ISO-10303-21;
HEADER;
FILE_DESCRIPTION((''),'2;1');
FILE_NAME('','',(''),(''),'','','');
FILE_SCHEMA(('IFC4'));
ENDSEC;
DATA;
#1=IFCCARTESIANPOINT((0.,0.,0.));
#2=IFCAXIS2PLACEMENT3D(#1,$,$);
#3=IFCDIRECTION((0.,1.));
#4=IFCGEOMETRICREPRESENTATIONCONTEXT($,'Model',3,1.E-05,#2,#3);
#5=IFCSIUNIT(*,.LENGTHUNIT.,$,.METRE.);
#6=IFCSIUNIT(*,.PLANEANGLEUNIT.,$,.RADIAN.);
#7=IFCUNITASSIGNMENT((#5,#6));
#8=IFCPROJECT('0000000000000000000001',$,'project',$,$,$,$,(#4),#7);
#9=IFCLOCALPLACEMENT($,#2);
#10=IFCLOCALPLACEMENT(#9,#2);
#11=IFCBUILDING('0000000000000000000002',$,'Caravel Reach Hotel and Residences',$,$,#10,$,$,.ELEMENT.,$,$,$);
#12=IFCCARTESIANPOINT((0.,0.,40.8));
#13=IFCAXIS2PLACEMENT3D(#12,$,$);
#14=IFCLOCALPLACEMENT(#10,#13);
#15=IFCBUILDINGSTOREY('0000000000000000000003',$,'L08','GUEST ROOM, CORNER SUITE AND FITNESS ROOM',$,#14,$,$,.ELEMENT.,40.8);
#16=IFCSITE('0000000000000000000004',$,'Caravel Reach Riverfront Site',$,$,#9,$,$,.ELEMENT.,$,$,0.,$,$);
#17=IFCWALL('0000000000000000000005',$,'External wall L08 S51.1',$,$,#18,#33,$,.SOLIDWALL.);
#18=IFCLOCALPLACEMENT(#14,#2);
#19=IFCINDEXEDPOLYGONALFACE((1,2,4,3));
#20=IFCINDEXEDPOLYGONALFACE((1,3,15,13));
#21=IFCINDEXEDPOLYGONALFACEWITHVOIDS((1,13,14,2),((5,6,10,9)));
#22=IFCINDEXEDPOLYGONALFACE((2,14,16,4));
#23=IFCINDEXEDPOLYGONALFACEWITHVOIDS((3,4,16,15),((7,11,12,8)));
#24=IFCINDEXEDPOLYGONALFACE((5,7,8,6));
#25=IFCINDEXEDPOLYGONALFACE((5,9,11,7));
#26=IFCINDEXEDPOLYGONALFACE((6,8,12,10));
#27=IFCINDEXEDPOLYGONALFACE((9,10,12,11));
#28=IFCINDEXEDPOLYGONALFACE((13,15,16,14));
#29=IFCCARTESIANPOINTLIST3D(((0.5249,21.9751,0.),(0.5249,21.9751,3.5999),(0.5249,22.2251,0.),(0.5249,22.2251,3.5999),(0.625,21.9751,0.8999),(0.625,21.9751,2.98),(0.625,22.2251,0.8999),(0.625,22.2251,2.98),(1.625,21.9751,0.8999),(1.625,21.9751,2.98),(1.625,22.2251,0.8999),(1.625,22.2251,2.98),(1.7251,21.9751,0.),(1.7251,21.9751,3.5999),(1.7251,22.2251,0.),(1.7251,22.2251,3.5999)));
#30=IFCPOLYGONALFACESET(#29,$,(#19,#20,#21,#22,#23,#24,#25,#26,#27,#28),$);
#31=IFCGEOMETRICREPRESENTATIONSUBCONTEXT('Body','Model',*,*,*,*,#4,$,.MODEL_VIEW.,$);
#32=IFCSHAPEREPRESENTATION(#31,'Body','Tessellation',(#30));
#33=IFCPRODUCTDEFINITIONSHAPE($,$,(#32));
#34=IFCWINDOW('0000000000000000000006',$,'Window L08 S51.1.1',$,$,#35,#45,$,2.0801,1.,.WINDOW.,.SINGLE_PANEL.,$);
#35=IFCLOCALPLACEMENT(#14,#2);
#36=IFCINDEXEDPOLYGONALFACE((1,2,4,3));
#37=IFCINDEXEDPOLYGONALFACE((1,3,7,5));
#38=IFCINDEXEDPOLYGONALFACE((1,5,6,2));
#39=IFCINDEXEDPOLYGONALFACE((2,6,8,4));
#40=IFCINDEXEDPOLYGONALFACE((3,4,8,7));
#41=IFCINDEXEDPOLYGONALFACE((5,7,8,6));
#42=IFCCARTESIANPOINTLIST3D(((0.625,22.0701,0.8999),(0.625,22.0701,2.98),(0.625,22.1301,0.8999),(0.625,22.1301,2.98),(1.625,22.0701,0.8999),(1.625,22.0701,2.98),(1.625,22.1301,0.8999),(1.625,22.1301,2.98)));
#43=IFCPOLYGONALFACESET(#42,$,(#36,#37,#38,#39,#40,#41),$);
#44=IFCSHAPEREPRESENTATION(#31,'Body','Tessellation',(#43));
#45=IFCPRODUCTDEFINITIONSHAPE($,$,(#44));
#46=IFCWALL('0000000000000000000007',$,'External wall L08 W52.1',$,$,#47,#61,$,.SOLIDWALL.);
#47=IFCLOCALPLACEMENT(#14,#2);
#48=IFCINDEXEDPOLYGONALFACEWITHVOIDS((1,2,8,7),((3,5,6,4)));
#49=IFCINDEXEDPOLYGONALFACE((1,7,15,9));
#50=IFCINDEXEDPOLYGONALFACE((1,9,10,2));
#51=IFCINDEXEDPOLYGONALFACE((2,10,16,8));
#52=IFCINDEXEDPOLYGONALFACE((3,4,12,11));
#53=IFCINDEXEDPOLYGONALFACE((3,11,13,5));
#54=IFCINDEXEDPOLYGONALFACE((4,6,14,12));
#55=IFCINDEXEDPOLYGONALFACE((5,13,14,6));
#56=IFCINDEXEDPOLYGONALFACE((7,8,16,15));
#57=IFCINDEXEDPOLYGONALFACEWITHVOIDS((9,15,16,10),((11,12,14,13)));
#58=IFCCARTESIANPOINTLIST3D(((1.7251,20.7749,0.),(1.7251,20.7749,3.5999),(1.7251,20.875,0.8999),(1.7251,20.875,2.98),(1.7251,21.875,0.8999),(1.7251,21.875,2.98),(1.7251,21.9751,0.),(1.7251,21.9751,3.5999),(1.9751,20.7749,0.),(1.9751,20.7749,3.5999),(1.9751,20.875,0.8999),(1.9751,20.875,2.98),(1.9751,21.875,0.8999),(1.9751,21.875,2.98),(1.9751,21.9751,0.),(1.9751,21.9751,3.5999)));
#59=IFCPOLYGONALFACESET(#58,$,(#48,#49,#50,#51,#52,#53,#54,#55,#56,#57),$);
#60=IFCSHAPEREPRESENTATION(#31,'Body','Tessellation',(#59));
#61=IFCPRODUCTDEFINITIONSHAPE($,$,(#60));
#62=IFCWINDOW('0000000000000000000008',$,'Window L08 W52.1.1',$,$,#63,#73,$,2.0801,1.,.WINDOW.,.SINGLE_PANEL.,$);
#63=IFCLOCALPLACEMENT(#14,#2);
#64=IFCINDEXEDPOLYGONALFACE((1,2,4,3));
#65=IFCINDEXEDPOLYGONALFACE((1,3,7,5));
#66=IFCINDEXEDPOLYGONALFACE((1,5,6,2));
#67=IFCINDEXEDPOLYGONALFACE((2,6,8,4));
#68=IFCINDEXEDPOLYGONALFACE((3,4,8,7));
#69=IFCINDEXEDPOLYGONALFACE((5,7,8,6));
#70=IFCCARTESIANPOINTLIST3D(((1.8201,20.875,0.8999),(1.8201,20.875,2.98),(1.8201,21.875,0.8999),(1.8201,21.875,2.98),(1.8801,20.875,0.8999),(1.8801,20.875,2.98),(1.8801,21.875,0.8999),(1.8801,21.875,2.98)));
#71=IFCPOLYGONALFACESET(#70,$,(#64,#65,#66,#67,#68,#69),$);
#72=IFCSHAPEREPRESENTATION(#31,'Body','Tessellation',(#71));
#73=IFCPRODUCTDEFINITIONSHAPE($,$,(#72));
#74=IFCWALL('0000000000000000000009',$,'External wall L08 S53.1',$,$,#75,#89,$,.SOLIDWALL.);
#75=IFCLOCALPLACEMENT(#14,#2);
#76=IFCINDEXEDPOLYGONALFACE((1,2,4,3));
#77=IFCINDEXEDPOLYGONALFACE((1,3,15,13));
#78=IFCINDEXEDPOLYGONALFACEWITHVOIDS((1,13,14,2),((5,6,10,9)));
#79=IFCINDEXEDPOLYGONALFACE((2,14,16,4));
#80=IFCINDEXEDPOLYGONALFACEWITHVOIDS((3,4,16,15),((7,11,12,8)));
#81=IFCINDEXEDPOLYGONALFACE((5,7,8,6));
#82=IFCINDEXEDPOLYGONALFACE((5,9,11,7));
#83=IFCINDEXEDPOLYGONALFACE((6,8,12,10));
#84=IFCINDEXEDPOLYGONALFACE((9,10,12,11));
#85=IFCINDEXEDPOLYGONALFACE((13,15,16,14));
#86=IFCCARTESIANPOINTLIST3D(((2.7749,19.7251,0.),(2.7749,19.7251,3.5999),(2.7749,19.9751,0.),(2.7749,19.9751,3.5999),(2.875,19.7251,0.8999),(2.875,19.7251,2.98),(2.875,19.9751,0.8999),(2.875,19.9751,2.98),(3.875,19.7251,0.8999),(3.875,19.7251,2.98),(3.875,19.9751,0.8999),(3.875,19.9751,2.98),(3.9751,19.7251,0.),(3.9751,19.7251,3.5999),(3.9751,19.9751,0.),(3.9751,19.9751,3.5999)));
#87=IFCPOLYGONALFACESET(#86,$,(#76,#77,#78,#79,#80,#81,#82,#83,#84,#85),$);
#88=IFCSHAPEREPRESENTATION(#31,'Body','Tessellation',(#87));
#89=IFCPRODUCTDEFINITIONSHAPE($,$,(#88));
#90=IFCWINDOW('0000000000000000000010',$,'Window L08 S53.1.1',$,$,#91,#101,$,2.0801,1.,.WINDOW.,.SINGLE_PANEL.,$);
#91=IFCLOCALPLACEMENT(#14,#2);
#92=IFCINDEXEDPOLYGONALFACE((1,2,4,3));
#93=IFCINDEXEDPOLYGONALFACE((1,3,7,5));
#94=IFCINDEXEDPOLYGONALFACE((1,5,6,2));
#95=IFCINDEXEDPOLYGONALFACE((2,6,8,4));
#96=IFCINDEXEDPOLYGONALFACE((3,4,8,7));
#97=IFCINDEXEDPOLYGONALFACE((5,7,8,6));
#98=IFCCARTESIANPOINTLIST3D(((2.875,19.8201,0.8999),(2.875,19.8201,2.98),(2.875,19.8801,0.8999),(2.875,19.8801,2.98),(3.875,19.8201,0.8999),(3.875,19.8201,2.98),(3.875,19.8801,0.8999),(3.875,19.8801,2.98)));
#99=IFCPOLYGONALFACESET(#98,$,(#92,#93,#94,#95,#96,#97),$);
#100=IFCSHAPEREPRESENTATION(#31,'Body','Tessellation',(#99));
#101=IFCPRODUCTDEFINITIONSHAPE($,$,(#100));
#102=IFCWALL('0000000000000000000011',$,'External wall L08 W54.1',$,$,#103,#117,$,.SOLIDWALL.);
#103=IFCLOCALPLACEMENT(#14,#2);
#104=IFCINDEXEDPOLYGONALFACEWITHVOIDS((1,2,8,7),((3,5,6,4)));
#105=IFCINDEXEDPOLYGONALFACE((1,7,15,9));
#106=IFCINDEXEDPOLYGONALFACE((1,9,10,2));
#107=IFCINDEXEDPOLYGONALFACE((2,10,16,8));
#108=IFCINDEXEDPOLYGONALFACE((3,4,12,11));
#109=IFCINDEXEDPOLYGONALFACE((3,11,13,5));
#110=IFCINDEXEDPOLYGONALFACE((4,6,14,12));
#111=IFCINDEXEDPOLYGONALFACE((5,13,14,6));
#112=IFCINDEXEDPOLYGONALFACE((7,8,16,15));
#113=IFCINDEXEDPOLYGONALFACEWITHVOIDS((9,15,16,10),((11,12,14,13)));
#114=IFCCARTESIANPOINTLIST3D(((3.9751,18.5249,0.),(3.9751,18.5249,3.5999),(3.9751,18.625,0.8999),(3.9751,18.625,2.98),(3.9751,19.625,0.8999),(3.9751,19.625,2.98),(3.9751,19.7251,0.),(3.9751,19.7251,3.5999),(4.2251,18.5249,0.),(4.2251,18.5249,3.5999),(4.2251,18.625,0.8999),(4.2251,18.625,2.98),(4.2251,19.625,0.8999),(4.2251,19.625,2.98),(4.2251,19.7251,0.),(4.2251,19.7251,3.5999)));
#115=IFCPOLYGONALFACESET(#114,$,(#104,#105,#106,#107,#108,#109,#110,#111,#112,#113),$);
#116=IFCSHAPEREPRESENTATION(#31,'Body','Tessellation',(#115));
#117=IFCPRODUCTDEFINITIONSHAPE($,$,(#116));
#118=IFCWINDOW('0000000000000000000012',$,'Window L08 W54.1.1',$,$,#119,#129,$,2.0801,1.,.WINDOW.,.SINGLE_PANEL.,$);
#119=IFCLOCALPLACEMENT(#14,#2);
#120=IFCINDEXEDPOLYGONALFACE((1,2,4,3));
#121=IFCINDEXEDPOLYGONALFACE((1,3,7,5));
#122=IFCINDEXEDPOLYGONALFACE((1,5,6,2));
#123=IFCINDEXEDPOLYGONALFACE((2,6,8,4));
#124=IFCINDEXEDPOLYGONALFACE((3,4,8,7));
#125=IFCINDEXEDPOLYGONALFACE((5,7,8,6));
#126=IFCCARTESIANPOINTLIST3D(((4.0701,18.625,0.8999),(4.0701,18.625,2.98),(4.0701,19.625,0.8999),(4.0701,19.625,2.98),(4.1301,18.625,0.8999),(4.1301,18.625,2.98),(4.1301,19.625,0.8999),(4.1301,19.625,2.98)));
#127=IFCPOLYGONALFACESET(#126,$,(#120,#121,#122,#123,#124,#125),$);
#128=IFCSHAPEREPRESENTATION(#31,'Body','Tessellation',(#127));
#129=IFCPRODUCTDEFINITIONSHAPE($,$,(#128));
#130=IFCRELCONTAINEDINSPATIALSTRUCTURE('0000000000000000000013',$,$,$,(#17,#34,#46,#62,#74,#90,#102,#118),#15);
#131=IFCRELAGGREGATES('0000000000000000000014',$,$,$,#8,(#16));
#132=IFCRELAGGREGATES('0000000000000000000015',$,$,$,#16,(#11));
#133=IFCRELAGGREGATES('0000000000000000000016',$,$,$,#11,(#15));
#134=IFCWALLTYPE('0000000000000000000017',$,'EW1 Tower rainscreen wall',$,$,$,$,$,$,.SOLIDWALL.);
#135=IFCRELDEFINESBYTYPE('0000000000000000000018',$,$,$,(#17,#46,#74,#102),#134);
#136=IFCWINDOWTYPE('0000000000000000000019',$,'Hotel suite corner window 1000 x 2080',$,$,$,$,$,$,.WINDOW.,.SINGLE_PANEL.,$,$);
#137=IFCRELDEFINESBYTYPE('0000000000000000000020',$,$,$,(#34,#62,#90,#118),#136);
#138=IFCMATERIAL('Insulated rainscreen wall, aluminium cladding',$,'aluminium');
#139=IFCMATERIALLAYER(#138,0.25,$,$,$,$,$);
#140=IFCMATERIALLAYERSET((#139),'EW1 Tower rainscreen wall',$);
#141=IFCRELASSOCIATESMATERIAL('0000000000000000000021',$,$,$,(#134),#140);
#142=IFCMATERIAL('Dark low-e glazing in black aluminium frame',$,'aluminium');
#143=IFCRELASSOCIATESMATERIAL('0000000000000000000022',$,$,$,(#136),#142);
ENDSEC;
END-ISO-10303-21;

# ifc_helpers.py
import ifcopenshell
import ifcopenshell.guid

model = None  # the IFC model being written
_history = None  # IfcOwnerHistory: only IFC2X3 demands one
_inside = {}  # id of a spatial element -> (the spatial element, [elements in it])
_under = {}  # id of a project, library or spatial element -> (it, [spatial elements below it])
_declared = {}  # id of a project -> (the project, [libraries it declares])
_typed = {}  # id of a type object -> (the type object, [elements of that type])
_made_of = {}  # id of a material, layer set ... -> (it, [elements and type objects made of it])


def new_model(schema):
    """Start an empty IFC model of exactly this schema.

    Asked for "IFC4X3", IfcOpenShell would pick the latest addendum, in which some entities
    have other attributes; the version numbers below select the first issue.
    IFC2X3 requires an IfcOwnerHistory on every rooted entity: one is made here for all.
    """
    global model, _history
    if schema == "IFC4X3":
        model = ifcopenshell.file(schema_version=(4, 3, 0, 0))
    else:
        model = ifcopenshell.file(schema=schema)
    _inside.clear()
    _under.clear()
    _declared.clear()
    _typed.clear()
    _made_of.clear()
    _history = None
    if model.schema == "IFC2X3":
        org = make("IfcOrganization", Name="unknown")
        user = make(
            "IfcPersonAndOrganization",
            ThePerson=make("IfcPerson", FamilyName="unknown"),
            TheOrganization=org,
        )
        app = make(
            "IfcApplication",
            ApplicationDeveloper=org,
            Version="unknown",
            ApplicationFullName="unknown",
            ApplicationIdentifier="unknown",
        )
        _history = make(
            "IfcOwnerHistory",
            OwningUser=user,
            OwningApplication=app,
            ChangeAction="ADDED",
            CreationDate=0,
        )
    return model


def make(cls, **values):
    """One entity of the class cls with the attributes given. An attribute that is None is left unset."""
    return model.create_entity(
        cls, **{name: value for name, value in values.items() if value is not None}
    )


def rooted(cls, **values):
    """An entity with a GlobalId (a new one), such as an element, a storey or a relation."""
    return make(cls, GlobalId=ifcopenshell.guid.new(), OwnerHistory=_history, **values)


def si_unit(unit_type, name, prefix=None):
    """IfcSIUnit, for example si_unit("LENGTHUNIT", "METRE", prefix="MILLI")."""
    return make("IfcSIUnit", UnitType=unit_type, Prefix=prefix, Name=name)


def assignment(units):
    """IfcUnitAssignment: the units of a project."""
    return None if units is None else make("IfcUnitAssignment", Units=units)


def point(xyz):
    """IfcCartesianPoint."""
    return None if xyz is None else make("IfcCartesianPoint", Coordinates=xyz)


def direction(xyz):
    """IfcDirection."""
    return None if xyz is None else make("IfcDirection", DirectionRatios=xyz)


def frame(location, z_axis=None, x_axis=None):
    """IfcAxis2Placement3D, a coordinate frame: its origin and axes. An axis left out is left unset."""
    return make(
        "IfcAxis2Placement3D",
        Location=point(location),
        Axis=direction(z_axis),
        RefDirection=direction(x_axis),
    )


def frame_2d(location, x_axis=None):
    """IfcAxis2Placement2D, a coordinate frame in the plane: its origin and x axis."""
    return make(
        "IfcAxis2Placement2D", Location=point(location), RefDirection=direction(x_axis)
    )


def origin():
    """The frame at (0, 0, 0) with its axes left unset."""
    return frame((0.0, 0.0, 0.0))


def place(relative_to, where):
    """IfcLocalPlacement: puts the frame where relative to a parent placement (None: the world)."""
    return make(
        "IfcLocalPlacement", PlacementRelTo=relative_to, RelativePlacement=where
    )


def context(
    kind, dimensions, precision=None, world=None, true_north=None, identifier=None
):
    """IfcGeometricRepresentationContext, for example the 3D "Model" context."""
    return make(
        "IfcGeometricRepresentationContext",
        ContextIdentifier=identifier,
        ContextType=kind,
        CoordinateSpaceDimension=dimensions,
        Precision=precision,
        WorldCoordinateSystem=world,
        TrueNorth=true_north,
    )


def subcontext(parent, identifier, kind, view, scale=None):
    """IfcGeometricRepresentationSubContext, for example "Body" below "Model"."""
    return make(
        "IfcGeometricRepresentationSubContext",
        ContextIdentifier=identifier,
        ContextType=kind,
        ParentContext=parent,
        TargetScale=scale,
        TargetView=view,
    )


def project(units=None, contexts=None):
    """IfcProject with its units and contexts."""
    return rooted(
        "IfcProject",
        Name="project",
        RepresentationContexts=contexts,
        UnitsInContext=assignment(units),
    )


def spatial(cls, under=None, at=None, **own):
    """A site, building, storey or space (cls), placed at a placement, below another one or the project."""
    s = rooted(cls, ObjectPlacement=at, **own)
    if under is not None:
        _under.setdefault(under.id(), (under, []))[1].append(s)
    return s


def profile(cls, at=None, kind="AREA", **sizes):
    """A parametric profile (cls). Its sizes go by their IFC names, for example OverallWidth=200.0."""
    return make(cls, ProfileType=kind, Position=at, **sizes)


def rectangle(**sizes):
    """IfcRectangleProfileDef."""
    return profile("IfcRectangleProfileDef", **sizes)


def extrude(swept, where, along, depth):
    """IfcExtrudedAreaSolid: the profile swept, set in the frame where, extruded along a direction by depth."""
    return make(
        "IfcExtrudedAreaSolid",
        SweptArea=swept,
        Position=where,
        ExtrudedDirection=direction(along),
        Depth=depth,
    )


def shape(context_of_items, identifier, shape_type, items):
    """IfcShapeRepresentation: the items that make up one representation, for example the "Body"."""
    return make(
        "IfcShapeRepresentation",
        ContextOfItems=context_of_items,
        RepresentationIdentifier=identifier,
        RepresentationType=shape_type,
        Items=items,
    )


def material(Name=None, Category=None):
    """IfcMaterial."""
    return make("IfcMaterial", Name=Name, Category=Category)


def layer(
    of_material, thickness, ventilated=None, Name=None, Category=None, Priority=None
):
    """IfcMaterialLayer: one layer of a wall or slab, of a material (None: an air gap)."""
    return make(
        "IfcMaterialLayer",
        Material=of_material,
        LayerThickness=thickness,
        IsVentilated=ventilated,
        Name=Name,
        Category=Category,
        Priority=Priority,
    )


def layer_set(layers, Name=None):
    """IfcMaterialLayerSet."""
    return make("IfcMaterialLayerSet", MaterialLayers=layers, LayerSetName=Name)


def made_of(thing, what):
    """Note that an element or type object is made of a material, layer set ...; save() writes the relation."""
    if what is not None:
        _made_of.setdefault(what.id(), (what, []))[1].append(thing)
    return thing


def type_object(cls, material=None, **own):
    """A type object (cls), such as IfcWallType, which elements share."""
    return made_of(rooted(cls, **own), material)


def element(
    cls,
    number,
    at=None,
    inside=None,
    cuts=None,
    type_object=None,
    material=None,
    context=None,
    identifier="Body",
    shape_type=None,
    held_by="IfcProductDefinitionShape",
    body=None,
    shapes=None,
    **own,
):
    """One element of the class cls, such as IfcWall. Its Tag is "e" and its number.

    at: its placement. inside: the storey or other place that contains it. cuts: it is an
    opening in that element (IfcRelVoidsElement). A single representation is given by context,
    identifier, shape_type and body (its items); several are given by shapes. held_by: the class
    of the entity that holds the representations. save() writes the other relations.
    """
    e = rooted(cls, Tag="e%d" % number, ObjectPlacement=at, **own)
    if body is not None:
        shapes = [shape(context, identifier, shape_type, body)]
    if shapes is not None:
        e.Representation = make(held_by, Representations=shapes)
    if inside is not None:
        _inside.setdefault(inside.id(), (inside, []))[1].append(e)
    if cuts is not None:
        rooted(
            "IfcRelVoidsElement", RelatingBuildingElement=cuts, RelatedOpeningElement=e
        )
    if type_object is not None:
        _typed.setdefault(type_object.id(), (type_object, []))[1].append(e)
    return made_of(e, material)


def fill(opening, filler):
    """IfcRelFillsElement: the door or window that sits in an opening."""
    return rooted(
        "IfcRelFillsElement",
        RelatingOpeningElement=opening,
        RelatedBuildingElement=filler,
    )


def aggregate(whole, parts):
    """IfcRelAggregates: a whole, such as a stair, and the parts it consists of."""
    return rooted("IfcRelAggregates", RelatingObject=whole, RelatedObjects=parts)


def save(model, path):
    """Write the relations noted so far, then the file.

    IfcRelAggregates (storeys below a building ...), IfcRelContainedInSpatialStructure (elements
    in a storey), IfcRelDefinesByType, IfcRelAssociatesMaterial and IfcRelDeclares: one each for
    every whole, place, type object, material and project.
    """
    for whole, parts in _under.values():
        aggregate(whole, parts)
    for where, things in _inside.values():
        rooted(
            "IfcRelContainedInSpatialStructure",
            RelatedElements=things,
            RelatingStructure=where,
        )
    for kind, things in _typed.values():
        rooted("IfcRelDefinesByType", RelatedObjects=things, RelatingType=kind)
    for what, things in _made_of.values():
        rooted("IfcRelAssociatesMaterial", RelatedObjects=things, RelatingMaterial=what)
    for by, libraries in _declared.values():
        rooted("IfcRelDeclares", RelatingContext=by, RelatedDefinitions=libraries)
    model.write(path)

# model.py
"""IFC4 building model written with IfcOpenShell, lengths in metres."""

from ifc_helpers import new_model, si_unit, direction, frame, frame_2d, origin, place, context, subcontext, project, spatial, rectangle, extrude, material, layer, layer_set, type_object, element, fill, save


model = new_model("IFC4")

# Units and contexts
model_context = context("Model", 3, precision=1e-05, world=origin(), true_north=direction((0.0, 1.0)))
body_context = subcontext(model_context, "Body", "Model", "MODEL_VIEW")
ifc_project = project(units=[si_unit("LENGTHUNIT", "METRE"), si_unit("PLANEANGLEUNIT", "RADIAN")], contexts=[model_context])

# Site, building, storey
site_placement = place(None, origin())
site = spatial("IfcSite", under=ifc_project, at=site_placement, Name="Caravel Reach Riverfront Site", CompositionType="ELEMENT", RefElevation=0.0)
building_placement = place(site_placement, origin())
building = spatial("IfcBuilding", under=site, at=building_placement, Name="Caravel Reach Hotel and Residences", CompositionType="ELEMENT")
storey_placement = place(building_placement, frame((0.0, 0.0, 40.8)))
storey = spatial("IfcBuildingStorey", under=building, at=storey_placement, Name="L08", Description="GUEST ROOM, CORNER SUITE AND FITNESS ROOM", CompositionType="ELEMENT", Elevation=40.8)

# Walls, openings, windows
ifc_material_1 = material(Name="Insulated rainscreen wall, aluminium cladding", Category="aluminium")
ifc_layer = layer(ifc_material_1, 0.25)
ifc_layer_set = layer_set([ifc_layer], Name="EW1 Tower rainscreen wall")
wall_type = type_object("IfcWallType", Name="EW1 Tower rainscreen wall", PredefinedType="SOLIDWALL", material=ifc_layer_set)
wall_1_placement = place(storey_placement, frame((0.5249, 22.1001, 0.0), z_axis=(0.0, 0.0, 1.0), x_axis=(1.0, 0.0, 0.0)))
wall_1 = element("IfcWall", 1, at=wall_1_placement, inside=storey, type_object=wall_type, Name="External wall L08 S51.1", PredefinedType="SOLIDWALL", context=body_context, shape_type="SweptSolid", body=[
    extrude(rectangle(XDim=1.2002, YDim=0.25, at=frame_2d((0.6001, 0.0))), origin(), (0.0, 0.0, 1.0), 3.5999),
])
opening_1_placement = place(wall_1_placement, frame((0.1001, 0.0, 0.8999)))
opening_1 = element("IfcOpeningElement", 2, at=opening_1_placement, cuts=wall_1, PredefinedType="OPENING", context=body_context, shape_type="SweptSolid", body=[
    extrude(rectangle(XDim=1.0, YDim=2.0801, at=frame_2d((0.5, 1.04))), frame((0.0, 0.135, 0.0), z_axis=(0.0, -1.0, 0.0), x_axis=(1.0, 0.0, 0.0)), (0.0, 0.0, 1.0), 0.27),
])
ifc_material_2 = material(Name="Dark low-e glazing in black aluminium frame", Category="aluminium")
window_type = type_object("IfcWindowType", Name="Hotel suite corner window 1000 x 2080", PartitioningType="SINGLE_PANEL", PredefinedType="WINDOW", material=ifc_material_2)
window_1_placement = place(opening_1_placement, origin())
window_1 = element("IfcWindow", 3, at=window_1_placement, inside=storey, type_object=window_type, Name="Window L08 S51.1.1", OverallHeight=2.0801, OverallWidth=1.0, PartitioningType="SINGLE_PANEL", PredefinedType="WINDOW", context=body_context, shape_type="SweptSolid", body=[
    extrude(rectangle(XDim=1.0, YDim=2.0801, at=frame_2d((0.5, 1.04))), frame((0.0, 0.03, 0.0), z_axis=(0.0, -1.0, 0.0), x_axis=(1.0, 0.0, 0.0)), (0.0, 0.0, 1.0), 0.0601),
])
fill(opening_1, window_1)
wall_2_placement = place(storey_placement, frame((1.8501, 21.9751, 0.0), z_axis=(0.0, 0.0, 1.0), x_axis=(0.0, -1.0, 0.0)))
wall_2 = element("IfcWall", 4, at=wall_2_placement, inside=storey, type_object=wall_type, Name="External wall L08 W52.1", PredefinedType="SOLIDWALL", context=body_context, shape_type="SweptSolid", body=[
    extrude(rectangle(XDim=1.2002, YDim=0.25, at=frame_2d((0.6001, 0.0))), origin(), (0.0, 0.0, 1.0), 3.5999),
])
opening_2_placement = place(wall_2_placement, frame((0.1001, 0.0, 0.8999)))
opening_2 = element("IfcOpeningElement", 5, at=opening_2_placement, cuts=wall_2, PredefinedType="OPENING", context=body_context, shape_type="SweptSolid", body=[
    extrude(rectangle(XDim=1.0, YDim=2.0801, at=frame_2d((0.5, 1.04))), frame((0.0, 0.135, 0.0), z_axis=(0.0, -1.0, 0.0), x_axis=(1.0, 0.0, 0.0)), (0.0, 0.0, 1.0), 0.27),
])
window_2_placement = place(opening_2_placement, origin())
window_2 = element("IfcWindow", 6, at=window_2_placement, inside=storey, type_object=window_type, Name="Window L08 W52.1.1", OverallHeight=2.0801, OverallWidth=1.0, PartitioningType="SINGLE_PANEL", PredefinedType="WINDOW", context=body_context, shape_type="SweptSolid", body=[
    extrude(rectangle(XDim=1.0, YDim=2.0801, at=frame_2d((0.5, 1.04))), frame((0.0, 0.03, 0.0), z_axis=(0.0, -1.0, 0.0), x_axis=(1.0, 0.0, 0.0)), (0.0, 0.0, 1.0), 0.0601),
])
fill(opening_2, window_2)
wall_3_placement = place(storey_placement, frame((2.7749, 19.8501, 0.0), z_axis=(0.0, 0.0, 1.0), x_axis=(1.0, 0.0, 0.0)))
wall_3 = element("IfcWall", 7, at=wall_3_placement, inside=storey, type_object=wall_type, Name="External wall L08 S53.1", PredefinedType="SOLIDWALL", context=body_context, shape_type="SweptSolid", body=[
    extrude(rectangle(XDim=1.2002, YDim=0.25, at=frame_2d((0.6001, 0.0))), origin(), (0.0, 0.0, 1.0), 3.5999),
])
opening_3_placement = place(wall_3_placement, frame((0.1001, 0.0, 0.8999)))
opening_3 = element("IfcOpeningElement", 8, at=opening_3_placement, cuts=wall_3, PredefinedType="OPENING", context=body_context, shape_type="SweptSolid", body=[
    extrude(rectangle(XDim=1.0, YDim=2.0801, at=frame_2d((0.5, 1.04))), frame((0.0, 0.135, 0.0), z_axis=(0.0, -1.0, 0.0), x_axis=(1.0, 0.0, 0.0)), (0.0, 0.0, 1.0), 0.27),
])
window_3_placement = place(opening_3_placement, origin())
window_3 = element("IfcWindow", 9, at=window_3_placement, inside=storey, type_object=window_type, Name="Window L08 S53.1.1", OverallHeight=2.0801, OverallWidth=1.0, PartitioningType="SINGLE_PANEL", PredefinedType="WINDOW", context=body_context, shape_type="SweptSolid", body=[
    extrude(rectangle(XDim=1.0, YDim=2.0801, at=frame_2d((0.5, 1.04))), frame((0.0, 0.03, 0.0), z_axis=(0.0, -1.0, 0.0), x_axis=(1.0, 0.0, 0.0)), (0.0, 0.0, 1.0), 0.0601),
])
fill(opening_3, window_3)
wall_4_placement = place(storey_placement, frame((4.1001, 19.7251, 0.0), z_axis=(0.0, 0.0, 1.0), x_axis=(0.0, -1.0, 0.0)))
wall_4 = element("IfcWall", 10, at=wall_4_placement, inside=storey, type_object=wall_type, Name="External wall L08 W54.1", PredefinedType="SOLIDWALL", context=body_context, shape_type="SweptSolid", body=[
    extrude(rectangle(XDim=1.2002, YDim=0.25, at=frame_2d((0.6001, 0.0))), origin(), (0.0, 0.0, 1.0), 3.5999),
])
opening_4_placement = place(wall_4_placement, frame((0.1001, 0.0, 0.8999)))
opening_4 = element("IfcOpeningElement", 11, at=opening_4_placement, cuts=wall_4, PredefinedType="OPENING", context=body_context, shape_type="SweptSolid", body=[
    extrude(rectangle(XDim=1.0, YDim=2.0801, at=frame_2d((0.5, 1.04))), frame((0.0, 0.135, 0.0), z_axis=(0.0, -1.0, 0.0), x_axis=(1.0, 0.0, 0.0)), (0.0, 0.0, 1.0), 0.27),
])
window_4_placement = place(opening_4_placement, origin())
window_4 = element("IfcWindow", 12, at=window_4_placement, inside=storey, type_object=window_type, Name="Window L08 W54.1.1", OverallHeight=2.0801, OverallWidth=1.0, PartitioningType="SINGLE_PANEL", PredefinedType="WINDOW", context=body_context, shape_type="SweptSolid", body=[
    extrude(rectangle(XDim=1.0, YDim=2.0801, at=frame_2d((0.5, 1.04))), frame((0.0, 0.03, 0.0), z_axis=(0.0, -1.0, 0.0), x_axis=(1.0, 0.0, 0.0)), (0.0, 0.0, 1.0), 0.0601),
])
fill(opening_4, window_4)

save(model, "model.ifc")
